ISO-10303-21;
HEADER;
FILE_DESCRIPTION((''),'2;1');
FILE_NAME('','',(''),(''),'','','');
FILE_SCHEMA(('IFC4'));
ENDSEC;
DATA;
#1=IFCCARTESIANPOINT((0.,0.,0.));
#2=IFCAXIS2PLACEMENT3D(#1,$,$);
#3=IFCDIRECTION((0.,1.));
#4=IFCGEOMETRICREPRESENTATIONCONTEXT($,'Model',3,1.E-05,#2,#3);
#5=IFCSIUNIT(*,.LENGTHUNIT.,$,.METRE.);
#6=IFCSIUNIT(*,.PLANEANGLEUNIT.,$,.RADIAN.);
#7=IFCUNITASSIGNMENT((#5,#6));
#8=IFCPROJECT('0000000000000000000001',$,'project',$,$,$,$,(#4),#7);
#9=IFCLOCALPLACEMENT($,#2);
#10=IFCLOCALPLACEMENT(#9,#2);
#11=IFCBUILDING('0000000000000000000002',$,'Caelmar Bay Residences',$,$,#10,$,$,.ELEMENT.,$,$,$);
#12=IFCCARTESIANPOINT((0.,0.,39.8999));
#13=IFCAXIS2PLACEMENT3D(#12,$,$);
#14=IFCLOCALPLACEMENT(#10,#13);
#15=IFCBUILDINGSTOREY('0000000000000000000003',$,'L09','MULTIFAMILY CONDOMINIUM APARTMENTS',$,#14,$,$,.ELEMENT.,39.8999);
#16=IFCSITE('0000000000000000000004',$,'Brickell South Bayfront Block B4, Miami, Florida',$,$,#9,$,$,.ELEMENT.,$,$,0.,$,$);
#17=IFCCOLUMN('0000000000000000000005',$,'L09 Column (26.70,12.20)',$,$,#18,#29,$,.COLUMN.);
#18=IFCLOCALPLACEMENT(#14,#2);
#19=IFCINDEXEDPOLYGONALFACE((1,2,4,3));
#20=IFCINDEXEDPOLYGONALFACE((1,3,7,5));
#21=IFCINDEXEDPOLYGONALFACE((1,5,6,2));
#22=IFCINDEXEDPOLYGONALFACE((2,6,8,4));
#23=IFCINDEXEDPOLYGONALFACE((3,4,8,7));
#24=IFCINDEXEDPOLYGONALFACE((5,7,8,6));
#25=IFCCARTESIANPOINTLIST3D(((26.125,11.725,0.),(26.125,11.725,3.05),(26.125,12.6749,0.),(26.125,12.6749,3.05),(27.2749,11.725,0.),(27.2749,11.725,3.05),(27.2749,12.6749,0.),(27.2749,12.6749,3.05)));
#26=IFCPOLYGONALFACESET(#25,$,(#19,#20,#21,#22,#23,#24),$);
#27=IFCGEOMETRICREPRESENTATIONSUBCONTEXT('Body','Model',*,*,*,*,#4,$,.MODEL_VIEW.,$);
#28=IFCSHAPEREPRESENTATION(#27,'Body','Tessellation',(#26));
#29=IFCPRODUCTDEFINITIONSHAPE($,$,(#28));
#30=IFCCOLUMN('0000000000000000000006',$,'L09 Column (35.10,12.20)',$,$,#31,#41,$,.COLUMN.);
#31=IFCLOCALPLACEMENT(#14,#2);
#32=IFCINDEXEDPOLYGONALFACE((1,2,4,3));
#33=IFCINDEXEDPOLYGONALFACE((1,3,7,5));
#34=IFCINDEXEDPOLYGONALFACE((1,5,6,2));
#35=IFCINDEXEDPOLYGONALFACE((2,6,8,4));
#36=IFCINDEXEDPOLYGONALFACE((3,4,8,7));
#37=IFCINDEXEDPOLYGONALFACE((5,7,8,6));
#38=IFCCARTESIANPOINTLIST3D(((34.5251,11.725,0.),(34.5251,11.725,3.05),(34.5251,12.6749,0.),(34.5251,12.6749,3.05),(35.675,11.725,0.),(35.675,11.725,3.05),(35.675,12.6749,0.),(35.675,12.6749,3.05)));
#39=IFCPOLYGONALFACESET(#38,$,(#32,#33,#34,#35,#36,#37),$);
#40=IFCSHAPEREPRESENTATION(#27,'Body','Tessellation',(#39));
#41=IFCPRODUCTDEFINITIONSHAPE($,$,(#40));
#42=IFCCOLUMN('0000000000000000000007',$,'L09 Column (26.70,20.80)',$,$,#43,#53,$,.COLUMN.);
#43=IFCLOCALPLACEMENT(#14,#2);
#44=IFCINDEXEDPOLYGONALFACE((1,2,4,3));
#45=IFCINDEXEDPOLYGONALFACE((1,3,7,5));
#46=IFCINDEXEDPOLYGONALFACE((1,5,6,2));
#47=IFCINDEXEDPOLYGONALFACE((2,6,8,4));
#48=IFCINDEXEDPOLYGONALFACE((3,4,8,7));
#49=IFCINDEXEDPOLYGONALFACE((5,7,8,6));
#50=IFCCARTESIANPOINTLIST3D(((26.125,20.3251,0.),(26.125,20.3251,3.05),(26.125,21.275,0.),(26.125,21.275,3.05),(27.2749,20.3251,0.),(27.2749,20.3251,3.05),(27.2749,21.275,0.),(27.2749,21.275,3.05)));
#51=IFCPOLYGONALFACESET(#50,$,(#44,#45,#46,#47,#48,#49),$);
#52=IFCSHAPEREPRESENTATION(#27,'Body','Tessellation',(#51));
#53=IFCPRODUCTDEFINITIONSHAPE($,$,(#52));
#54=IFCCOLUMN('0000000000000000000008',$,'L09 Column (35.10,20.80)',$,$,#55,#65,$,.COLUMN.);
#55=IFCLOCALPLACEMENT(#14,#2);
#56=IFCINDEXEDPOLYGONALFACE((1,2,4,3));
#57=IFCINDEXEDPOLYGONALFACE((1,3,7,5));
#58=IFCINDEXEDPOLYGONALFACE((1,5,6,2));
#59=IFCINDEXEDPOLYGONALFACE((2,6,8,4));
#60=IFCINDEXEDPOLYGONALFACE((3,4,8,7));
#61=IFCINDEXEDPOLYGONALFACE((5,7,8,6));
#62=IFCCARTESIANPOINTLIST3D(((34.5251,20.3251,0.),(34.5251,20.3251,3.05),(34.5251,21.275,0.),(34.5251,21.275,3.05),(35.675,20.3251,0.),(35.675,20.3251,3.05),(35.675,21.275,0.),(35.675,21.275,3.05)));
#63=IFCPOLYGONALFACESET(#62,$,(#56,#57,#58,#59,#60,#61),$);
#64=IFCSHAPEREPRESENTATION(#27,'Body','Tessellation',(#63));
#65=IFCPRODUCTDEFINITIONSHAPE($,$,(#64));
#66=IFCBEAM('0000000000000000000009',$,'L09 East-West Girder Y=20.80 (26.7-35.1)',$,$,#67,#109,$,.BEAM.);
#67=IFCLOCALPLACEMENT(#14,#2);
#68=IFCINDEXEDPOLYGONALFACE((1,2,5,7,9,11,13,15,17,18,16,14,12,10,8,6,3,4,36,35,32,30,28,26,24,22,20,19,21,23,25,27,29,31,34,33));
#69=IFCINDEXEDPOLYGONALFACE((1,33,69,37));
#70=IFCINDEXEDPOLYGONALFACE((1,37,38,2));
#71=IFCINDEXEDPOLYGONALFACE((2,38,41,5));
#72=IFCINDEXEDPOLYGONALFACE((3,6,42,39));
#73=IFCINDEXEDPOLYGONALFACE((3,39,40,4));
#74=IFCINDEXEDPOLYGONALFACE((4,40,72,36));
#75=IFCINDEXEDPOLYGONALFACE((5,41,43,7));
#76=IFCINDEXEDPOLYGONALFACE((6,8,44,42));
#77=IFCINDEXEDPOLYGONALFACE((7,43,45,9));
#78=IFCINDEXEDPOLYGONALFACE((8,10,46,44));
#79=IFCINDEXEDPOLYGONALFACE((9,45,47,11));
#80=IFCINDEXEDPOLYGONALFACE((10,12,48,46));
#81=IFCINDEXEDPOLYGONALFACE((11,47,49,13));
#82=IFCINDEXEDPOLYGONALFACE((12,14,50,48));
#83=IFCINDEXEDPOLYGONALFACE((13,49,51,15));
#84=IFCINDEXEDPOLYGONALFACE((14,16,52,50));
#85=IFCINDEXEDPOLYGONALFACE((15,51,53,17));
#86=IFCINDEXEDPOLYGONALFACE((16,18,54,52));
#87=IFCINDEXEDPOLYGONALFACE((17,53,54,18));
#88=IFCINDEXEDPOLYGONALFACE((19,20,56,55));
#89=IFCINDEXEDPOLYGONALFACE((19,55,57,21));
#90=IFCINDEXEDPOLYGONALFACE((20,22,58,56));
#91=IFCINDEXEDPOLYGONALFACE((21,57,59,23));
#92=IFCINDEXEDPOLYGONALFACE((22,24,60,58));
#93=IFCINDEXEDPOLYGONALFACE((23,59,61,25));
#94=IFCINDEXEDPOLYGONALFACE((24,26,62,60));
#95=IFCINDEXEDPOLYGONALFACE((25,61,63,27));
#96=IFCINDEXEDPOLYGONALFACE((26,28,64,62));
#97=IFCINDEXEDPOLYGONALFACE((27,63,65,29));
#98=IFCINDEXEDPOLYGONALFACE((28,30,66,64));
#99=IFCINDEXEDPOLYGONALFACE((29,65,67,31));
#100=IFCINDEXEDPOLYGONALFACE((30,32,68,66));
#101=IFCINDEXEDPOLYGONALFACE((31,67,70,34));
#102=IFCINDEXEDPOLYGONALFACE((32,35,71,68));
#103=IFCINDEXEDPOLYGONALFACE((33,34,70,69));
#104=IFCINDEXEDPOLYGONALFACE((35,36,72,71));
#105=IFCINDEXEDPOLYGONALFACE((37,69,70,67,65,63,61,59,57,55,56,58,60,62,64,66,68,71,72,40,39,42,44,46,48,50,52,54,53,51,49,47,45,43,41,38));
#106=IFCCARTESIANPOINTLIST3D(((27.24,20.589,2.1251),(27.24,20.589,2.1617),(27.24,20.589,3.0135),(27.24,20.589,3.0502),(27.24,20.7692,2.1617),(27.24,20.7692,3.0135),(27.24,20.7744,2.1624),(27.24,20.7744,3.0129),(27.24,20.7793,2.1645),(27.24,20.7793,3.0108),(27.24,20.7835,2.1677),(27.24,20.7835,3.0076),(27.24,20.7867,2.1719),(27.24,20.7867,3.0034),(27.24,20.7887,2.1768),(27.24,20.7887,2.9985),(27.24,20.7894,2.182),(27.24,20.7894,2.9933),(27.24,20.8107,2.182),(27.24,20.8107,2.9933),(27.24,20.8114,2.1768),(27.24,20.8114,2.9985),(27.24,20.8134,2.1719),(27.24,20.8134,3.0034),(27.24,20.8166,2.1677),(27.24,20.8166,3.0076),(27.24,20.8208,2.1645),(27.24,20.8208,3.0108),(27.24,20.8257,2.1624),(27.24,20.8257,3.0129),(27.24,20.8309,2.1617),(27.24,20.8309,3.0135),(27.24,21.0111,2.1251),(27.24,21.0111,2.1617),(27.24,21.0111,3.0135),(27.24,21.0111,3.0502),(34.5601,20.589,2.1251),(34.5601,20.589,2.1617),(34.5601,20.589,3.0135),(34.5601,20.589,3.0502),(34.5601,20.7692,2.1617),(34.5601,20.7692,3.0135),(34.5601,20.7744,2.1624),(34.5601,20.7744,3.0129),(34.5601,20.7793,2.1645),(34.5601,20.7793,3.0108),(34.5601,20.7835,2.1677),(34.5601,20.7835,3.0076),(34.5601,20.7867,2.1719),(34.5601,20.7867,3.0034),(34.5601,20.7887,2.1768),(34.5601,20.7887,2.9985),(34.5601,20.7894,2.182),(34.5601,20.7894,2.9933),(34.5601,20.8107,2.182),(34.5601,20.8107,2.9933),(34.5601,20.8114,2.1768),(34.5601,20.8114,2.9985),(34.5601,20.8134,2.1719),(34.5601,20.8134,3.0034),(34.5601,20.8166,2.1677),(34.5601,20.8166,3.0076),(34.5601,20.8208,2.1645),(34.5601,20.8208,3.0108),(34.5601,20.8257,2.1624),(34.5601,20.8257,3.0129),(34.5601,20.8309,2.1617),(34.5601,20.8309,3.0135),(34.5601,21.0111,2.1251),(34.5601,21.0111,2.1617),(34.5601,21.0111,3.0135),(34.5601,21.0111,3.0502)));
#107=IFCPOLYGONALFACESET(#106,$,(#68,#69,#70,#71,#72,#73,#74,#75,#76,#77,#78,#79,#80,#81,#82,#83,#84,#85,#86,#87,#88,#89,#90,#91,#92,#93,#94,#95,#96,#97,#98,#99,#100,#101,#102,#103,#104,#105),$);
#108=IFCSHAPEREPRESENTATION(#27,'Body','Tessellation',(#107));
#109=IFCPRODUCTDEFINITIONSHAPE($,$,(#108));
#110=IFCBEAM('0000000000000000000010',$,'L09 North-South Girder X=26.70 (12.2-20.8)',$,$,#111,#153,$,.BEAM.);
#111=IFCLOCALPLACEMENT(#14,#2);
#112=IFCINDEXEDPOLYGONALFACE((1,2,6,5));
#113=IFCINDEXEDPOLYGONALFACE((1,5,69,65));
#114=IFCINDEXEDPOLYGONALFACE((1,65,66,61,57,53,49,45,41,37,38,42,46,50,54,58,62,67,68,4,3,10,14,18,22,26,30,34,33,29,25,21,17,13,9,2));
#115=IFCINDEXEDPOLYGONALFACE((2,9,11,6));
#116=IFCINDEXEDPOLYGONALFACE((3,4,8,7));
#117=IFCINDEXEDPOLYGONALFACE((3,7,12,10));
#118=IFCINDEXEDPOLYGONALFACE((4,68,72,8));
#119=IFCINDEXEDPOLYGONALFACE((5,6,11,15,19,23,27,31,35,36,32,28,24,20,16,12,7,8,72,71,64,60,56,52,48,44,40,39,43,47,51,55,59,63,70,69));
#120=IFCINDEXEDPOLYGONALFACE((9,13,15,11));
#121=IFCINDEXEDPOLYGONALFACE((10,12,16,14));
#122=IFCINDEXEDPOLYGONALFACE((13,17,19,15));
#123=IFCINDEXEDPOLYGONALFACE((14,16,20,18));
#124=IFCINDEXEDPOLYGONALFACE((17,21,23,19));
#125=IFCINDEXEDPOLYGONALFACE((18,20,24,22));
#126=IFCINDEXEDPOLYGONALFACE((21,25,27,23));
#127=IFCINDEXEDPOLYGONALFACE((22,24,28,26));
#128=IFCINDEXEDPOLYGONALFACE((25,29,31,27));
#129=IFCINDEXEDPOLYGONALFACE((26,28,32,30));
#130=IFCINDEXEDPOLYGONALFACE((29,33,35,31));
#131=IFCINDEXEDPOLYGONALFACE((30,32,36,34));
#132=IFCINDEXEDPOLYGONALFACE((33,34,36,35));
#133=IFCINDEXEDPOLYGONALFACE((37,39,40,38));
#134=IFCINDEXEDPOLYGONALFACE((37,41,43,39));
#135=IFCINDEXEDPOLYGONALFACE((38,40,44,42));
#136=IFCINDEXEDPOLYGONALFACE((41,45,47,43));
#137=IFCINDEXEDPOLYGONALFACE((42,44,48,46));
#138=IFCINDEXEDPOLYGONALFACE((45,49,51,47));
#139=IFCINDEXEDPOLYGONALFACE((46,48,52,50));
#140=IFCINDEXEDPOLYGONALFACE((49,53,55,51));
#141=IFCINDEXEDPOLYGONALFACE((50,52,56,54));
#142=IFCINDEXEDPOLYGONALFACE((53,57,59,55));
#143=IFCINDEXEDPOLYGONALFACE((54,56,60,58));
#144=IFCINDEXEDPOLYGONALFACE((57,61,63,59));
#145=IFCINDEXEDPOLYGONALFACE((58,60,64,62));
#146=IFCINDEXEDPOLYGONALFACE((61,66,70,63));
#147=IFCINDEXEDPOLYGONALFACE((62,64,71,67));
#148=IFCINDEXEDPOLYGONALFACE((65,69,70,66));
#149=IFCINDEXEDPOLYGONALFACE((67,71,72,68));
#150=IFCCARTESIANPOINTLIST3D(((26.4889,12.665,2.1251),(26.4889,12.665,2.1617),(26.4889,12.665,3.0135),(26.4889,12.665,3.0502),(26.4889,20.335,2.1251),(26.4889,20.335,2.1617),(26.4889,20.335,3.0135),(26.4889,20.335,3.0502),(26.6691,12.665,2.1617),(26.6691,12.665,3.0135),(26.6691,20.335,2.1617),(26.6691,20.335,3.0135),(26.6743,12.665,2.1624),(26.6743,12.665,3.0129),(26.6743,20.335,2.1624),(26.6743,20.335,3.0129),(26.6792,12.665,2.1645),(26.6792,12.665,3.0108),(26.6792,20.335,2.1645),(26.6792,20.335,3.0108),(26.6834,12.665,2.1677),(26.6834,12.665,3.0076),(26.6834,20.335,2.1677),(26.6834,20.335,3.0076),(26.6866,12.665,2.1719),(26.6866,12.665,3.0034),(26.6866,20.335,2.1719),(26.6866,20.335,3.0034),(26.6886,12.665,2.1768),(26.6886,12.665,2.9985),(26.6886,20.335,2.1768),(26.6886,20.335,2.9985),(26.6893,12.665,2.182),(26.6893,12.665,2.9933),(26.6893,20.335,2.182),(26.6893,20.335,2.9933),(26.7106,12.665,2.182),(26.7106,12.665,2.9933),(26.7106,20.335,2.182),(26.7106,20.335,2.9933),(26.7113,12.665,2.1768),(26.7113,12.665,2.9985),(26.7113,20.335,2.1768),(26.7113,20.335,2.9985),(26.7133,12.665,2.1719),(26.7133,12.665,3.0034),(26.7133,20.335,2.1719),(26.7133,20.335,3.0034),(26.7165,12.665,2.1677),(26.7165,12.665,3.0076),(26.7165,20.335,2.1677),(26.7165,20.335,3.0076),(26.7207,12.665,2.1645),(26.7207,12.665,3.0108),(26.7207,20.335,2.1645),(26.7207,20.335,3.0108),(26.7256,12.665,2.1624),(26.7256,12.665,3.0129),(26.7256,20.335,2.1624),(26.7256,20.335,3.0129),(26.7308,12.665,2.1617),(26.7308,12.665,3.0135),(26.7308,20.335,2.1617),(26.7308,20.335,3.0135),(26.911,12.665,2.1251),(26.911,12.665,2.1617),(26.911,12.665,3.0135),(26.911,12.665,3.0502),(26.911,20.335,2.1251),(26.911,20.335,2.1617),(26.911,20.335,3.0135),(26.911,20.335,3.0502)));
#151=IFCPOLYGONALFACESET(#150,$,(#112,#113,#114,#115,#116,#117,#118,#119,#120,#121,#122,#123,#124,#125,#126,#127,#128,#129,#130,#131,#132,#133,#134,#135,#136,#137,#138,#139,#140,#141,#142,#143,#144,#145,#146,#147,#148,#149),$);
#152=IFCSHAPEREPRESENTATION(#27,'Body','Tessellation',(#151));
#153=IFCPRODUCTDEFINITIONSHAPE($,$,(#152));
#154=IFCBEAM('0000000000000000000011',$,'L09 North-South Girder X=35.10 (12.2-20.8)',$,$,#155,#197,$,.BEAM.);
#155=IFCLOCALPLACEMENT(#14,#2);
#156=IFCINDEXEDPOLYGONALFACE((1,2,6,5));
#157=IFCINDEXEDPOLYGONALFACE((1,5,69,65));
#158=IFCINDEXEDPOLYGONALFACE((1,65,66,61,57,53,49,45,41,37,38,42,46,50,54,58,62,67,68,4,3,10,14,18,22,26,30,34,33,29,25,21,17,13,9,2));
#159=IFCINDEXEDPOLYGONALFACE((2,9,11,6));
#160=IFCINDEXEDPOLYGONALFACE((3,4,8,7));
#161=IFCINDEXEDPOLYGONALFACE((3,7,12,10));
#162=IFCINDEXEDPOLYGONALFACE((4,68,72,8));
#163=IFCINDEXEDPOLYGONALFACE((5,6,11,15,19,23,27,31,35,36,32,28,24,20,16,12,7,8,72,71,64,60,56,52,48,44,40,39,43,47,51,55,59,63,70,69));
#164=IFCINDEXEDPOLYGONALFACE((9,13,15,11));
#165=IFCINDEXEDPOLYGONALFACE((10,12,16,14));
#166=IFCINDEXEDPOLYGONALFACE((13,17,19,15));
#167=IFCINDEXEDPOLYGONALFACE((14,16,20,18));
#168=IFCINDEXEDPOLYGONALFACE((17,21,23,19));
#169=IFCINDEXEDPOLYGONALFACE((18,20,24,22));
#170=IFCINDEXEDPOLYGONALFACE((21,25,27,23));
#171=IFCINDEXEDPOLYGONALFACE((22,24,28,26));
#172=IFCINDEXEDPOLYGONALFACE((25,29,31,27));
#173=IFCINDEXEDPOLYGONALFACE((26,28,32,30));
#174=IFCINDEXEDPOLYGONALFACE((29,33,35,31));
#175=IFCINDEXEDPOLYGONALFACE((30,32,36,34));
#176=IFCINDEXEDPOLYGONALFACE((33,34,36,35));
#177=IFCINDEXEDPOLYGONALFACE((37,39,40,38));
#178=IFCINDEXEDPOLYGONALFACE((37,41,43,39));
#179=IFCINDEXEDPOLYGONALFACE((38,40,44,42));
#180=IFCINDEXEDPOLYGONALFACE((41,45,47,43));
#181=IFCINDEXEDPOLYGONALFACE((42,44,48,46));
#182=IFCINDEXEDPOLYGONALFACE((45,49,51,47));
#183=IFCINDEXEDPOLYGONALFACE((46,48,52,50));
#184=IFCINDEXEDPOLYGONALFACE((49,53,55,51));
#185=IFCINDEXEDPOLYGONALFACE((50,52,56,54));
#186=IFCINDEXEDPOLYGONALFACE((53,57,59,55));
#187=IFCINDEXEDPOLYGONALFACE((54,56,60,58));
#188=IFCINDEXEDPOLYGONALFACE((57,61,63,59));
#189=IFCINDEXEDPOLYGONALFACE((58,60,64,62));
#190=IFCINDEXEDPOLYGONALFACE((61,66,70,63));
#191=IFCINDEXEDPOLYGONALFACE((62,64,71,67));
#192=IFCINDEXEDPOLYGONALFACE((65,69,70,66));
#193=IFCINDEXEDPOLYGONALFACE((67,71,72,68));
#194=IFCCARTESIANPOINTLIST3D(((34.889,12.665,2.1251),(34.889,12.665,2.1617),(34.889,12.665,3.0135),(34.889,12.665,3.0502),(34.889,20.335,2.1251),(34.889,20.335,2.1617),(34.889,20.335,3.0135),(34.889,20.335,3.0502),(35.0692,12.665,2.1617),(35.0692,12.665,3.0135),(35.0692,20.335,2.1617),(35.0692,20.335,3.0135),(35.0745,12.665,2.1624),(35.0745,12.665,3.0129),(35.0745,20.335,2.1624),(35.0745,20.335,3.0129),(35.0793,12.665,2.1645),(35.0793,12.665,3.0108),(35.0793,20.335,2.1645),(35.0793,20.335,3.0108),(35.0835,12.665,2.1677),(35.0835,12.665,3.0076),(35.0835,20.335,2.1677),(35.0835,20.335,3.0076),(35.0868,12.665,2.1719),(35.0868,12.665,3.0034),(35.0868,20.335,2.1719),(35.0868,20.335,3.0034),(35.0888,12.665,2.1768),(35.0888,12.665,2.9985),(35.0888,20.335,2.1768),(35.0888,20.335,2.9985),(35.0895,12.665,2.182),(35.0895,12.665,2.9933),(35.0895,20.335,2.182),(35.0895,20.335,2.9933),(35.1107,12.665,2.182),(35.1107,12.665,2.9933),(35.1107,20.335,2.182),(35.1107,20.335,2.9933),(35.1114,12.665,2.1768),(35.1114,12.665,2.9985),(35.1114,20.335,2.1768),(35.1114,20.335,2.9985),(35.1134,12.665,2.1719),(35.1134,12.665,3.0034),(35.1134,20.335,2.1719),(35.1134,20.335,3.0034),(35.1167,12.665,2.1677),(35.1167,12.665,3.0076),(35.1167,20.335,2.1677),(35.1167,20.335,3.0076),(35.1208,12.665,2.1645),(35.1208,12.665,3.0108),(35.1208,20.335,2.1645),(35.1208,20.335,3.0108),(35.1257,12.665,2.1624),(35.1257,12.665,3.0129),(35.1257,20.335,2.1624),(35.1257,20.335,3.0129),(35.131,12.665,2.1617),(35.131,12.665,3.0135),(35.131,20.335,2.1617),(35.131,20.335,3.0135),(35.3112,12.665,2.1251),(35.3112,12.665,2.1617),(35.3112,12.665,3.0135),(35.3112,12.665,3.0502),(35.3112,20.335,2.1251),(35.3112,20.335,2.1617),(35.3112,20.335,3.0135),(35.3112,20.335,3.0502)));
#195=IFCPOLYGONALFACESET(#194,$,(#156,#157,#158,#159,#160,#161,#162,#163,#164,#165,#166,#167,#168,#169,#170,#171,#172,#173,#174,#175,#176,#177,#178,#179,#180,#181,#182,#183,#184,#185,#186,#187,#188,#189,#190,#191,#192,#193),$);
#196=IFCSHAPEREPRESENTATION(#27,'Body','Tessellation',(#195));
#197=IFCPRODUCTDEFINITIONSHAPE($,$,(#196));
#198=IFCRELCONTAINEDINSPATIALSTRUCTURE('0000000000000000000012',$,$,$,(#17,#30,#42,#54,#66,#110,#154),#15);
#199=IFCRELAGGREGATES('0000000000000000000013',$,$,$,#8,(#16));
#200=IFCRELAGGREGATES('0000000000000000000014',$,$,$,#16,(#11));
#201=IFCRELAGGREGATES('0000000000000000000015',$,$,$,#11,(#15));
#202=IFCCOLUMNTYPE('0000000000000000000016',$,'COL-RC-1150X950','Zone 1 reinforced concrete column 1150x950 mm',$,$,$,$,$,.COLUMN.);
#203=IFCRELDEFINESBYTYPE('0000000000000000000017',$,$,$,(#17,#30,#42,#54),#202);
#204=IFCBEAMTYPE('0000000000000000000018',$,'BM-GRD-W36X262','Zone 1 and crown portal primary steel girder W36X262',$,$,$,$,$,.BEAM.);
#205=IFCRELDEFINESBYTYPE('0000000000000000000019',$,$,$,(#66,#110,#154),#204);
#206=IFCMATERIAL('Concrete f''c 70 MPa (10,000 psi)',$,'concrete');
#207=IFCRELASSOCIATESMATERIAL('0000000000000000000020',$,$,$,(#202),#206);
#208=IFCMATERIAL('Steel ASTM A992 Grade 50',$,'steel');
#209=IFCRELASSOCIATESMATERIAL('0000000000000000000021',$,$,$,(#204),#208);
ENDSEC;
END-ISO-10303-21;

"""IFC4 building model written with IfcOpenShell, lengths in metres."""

from ifc_helpers import new_model, si_unit, direction, frame, origin, origin_2d, place, context, subcontext, project, spatial, rectangle, i_section, extrude, material, material_profile, profile_set, type_object, element, save


model = new_model("IFC4")

# Units and contexts
model_context = context("Model", 3, precision=1e-05, world=origin(), true_north=direction((0.0, 1.0)))
body_context = subcontext(model_context, "Body", "Model", "MODEL_VIEW")
ifc_project = project(units=[si_unit("LENGTHUNIT", "METRE"), si_unit("PLANEANGLEUNIT", "RADIAN")], contexts=[model_context])

# Site, building, storey
site_placement = place(None, origin())
site = spatial("IfcSite", under=ifc_project, at=site_placement, Name="Brickell South Bayfront Block B4, Miami, Florida", CompositionType="ELEMENT", RefElevation=0.0)
building_placement = place(site_placement, origin())
building = spatial("IfcBuilding", under=site, at=building_placement, Name="Caelmar Bay Residences", CompositionType="ELEMENT")
storey_placement = place(building_placement, frame((0.0, 0.0, 39.8999)))
storey = spatial("IfcBuildingStorey", under=building, at=storey_placement, Name="L09", Description="MULTIFAMILY CONDOMINIUM APARTMENTS", CompositionType="ELEMENT", Elevation=39.8999)

# Columns
ifc_material_1 = material(Name="Concrete f'c 70 MPa (10,000 psi)", Category="concrete")
ifc_material_profile_1 = material_profile(ifc_material_1, rectangle(XDim=1.1499, YDim=0.95, at=origin_2d()), Name="RC-COL-1150X950")
ifc_profile_set_1 = profile_set([ifc_material_profile_1], Name="Concrete f'c 70 MPa (10,000 psi)")
column_type = type_object("IfcColumnType", Name="COL-RC-1150X950", Description="Zone 1 reinforced concrete column 1150x950 mm", PredefinedType="COLUMN", material=ifc_profile_set_1)
for number, where, z_axis, x_axis, name in (
    (1, (26.7, 12.2, 0.0), (0.0, 0.0, 1.0), (1.0, 0.0, 0.0), "L09 Column (26.70,12.20)"),
    (2, (35.1001, 12.2, 0.0), (0.0, 0.0, 1.0), (1.0, 0.0, 0.0), "L09 Column (35.10,12.20)"),
    (3, (26.7, 20.8, 0.0), (0.0, 0.0, 1.0), (1.0, 0.0, 0.0), "L09 Column (26.70,20.80)"),
    (4, (35.1001, 20.8, 0.0), (0.0, 0.0, 1.0), (1.0, 0.0, 0.0), "L09 Column (35.10,20.80)"),
):
    element("IfcColumn", number, at=place(storey_placement, frame(where, z_axis=z_axis, x_axis=x_axis)), inside=storey, type_object=column_type, Name=name, PredefinedType="COLUMN", context=body_context, shape_type="SweptSolid", body=[
        extrude(rectangle(XDim=1.1499, YDim=0.95, at=origin_2d()), origin(), (0.0, 0.0, 1.0), 3.05),
    ])

# Beams
ifc_material_2 = material(Name="Steel ASTM A992 Grade 50", Category="steel")
ifc_material_profile_2 = material_profile(ifc_material_2, i_section(OverallWidth=0.4221, OverallDepth=0.925, WebThickness=0.0212, FlangeThickness=0.0366, FilletRadius=0.0203, at=origin_2d()), Name="W36X262")
ifc_profile_set_2 = profile_set([ifc_material_profile_2], Name="Steel ASTM A992 Grade 50")
beam_type_1 = type_object("IfcBeamType", Name="BM-GRD-W36X262", Description="Zone 1 and crown portal primary steel girder W36X262", PredefinedType="BEAM", material=ifc_profile_set_2)
beam_1_placement = place(storey_placement, frame((27.24, 20.8, 2.5876), z_axis=(1.0, 0.0, 0.0), x_axis=(0.0, 1.0, 0.0)))
element("IfcBeam", 5, at=beam_1_placement, inside=storey, type_object=beam_type_1, Name="L09 East-West Girder Y=20.80 (26.7-35.1)", PredefinedType="BEAM", context=body_context, shape_type="SweptSolid", body=[
    extrude(i_section(OverallWidth=0.4221, OverallDepth=0.925, WebThickness=0.0212, FlangeThickness=0.0366, FilletRadius=0.0203, at=origin_2d()), origin(), (0.0, 0.0, 1.0), 7.3201),
])
for number, where, z_axis, x_axis, name in (
    (6, (26.7, 12.665, 2.5876), (0.0, 1.0, 0.0), (-1.0, 0.0, 0.0), "L09 North-South Girder X=26.70 (12.2-20.8)"),
    (7, (35.1001, 12.665, 2.5876), (0.0, 1.0, 0.0), (-1.0, 0.0, 0.0), "L09 North-South Girder X=35.10 (12.2-20.8)"),
):
    element("IfcBeam", number, at=place(storey_placement, frame(where, z_axis=z_axis, x_axis=x_axis)), inside=storey, type_object=beam_type_1, Name=name, PredefinedType="BEAM", context=body_context, shape_type="SweptSolid", body=[
        extrude(i_section(OverallWidth=0.4221, OverallDepth=0.925, WebThickness=0.0212, FlangeThickness=0.0366, FilletRadius=0.0203, at=origin_2d()), origin(), (0.0, 0.0, 1.0), 7.6699),
    ])

save(model, "model.ifc")
